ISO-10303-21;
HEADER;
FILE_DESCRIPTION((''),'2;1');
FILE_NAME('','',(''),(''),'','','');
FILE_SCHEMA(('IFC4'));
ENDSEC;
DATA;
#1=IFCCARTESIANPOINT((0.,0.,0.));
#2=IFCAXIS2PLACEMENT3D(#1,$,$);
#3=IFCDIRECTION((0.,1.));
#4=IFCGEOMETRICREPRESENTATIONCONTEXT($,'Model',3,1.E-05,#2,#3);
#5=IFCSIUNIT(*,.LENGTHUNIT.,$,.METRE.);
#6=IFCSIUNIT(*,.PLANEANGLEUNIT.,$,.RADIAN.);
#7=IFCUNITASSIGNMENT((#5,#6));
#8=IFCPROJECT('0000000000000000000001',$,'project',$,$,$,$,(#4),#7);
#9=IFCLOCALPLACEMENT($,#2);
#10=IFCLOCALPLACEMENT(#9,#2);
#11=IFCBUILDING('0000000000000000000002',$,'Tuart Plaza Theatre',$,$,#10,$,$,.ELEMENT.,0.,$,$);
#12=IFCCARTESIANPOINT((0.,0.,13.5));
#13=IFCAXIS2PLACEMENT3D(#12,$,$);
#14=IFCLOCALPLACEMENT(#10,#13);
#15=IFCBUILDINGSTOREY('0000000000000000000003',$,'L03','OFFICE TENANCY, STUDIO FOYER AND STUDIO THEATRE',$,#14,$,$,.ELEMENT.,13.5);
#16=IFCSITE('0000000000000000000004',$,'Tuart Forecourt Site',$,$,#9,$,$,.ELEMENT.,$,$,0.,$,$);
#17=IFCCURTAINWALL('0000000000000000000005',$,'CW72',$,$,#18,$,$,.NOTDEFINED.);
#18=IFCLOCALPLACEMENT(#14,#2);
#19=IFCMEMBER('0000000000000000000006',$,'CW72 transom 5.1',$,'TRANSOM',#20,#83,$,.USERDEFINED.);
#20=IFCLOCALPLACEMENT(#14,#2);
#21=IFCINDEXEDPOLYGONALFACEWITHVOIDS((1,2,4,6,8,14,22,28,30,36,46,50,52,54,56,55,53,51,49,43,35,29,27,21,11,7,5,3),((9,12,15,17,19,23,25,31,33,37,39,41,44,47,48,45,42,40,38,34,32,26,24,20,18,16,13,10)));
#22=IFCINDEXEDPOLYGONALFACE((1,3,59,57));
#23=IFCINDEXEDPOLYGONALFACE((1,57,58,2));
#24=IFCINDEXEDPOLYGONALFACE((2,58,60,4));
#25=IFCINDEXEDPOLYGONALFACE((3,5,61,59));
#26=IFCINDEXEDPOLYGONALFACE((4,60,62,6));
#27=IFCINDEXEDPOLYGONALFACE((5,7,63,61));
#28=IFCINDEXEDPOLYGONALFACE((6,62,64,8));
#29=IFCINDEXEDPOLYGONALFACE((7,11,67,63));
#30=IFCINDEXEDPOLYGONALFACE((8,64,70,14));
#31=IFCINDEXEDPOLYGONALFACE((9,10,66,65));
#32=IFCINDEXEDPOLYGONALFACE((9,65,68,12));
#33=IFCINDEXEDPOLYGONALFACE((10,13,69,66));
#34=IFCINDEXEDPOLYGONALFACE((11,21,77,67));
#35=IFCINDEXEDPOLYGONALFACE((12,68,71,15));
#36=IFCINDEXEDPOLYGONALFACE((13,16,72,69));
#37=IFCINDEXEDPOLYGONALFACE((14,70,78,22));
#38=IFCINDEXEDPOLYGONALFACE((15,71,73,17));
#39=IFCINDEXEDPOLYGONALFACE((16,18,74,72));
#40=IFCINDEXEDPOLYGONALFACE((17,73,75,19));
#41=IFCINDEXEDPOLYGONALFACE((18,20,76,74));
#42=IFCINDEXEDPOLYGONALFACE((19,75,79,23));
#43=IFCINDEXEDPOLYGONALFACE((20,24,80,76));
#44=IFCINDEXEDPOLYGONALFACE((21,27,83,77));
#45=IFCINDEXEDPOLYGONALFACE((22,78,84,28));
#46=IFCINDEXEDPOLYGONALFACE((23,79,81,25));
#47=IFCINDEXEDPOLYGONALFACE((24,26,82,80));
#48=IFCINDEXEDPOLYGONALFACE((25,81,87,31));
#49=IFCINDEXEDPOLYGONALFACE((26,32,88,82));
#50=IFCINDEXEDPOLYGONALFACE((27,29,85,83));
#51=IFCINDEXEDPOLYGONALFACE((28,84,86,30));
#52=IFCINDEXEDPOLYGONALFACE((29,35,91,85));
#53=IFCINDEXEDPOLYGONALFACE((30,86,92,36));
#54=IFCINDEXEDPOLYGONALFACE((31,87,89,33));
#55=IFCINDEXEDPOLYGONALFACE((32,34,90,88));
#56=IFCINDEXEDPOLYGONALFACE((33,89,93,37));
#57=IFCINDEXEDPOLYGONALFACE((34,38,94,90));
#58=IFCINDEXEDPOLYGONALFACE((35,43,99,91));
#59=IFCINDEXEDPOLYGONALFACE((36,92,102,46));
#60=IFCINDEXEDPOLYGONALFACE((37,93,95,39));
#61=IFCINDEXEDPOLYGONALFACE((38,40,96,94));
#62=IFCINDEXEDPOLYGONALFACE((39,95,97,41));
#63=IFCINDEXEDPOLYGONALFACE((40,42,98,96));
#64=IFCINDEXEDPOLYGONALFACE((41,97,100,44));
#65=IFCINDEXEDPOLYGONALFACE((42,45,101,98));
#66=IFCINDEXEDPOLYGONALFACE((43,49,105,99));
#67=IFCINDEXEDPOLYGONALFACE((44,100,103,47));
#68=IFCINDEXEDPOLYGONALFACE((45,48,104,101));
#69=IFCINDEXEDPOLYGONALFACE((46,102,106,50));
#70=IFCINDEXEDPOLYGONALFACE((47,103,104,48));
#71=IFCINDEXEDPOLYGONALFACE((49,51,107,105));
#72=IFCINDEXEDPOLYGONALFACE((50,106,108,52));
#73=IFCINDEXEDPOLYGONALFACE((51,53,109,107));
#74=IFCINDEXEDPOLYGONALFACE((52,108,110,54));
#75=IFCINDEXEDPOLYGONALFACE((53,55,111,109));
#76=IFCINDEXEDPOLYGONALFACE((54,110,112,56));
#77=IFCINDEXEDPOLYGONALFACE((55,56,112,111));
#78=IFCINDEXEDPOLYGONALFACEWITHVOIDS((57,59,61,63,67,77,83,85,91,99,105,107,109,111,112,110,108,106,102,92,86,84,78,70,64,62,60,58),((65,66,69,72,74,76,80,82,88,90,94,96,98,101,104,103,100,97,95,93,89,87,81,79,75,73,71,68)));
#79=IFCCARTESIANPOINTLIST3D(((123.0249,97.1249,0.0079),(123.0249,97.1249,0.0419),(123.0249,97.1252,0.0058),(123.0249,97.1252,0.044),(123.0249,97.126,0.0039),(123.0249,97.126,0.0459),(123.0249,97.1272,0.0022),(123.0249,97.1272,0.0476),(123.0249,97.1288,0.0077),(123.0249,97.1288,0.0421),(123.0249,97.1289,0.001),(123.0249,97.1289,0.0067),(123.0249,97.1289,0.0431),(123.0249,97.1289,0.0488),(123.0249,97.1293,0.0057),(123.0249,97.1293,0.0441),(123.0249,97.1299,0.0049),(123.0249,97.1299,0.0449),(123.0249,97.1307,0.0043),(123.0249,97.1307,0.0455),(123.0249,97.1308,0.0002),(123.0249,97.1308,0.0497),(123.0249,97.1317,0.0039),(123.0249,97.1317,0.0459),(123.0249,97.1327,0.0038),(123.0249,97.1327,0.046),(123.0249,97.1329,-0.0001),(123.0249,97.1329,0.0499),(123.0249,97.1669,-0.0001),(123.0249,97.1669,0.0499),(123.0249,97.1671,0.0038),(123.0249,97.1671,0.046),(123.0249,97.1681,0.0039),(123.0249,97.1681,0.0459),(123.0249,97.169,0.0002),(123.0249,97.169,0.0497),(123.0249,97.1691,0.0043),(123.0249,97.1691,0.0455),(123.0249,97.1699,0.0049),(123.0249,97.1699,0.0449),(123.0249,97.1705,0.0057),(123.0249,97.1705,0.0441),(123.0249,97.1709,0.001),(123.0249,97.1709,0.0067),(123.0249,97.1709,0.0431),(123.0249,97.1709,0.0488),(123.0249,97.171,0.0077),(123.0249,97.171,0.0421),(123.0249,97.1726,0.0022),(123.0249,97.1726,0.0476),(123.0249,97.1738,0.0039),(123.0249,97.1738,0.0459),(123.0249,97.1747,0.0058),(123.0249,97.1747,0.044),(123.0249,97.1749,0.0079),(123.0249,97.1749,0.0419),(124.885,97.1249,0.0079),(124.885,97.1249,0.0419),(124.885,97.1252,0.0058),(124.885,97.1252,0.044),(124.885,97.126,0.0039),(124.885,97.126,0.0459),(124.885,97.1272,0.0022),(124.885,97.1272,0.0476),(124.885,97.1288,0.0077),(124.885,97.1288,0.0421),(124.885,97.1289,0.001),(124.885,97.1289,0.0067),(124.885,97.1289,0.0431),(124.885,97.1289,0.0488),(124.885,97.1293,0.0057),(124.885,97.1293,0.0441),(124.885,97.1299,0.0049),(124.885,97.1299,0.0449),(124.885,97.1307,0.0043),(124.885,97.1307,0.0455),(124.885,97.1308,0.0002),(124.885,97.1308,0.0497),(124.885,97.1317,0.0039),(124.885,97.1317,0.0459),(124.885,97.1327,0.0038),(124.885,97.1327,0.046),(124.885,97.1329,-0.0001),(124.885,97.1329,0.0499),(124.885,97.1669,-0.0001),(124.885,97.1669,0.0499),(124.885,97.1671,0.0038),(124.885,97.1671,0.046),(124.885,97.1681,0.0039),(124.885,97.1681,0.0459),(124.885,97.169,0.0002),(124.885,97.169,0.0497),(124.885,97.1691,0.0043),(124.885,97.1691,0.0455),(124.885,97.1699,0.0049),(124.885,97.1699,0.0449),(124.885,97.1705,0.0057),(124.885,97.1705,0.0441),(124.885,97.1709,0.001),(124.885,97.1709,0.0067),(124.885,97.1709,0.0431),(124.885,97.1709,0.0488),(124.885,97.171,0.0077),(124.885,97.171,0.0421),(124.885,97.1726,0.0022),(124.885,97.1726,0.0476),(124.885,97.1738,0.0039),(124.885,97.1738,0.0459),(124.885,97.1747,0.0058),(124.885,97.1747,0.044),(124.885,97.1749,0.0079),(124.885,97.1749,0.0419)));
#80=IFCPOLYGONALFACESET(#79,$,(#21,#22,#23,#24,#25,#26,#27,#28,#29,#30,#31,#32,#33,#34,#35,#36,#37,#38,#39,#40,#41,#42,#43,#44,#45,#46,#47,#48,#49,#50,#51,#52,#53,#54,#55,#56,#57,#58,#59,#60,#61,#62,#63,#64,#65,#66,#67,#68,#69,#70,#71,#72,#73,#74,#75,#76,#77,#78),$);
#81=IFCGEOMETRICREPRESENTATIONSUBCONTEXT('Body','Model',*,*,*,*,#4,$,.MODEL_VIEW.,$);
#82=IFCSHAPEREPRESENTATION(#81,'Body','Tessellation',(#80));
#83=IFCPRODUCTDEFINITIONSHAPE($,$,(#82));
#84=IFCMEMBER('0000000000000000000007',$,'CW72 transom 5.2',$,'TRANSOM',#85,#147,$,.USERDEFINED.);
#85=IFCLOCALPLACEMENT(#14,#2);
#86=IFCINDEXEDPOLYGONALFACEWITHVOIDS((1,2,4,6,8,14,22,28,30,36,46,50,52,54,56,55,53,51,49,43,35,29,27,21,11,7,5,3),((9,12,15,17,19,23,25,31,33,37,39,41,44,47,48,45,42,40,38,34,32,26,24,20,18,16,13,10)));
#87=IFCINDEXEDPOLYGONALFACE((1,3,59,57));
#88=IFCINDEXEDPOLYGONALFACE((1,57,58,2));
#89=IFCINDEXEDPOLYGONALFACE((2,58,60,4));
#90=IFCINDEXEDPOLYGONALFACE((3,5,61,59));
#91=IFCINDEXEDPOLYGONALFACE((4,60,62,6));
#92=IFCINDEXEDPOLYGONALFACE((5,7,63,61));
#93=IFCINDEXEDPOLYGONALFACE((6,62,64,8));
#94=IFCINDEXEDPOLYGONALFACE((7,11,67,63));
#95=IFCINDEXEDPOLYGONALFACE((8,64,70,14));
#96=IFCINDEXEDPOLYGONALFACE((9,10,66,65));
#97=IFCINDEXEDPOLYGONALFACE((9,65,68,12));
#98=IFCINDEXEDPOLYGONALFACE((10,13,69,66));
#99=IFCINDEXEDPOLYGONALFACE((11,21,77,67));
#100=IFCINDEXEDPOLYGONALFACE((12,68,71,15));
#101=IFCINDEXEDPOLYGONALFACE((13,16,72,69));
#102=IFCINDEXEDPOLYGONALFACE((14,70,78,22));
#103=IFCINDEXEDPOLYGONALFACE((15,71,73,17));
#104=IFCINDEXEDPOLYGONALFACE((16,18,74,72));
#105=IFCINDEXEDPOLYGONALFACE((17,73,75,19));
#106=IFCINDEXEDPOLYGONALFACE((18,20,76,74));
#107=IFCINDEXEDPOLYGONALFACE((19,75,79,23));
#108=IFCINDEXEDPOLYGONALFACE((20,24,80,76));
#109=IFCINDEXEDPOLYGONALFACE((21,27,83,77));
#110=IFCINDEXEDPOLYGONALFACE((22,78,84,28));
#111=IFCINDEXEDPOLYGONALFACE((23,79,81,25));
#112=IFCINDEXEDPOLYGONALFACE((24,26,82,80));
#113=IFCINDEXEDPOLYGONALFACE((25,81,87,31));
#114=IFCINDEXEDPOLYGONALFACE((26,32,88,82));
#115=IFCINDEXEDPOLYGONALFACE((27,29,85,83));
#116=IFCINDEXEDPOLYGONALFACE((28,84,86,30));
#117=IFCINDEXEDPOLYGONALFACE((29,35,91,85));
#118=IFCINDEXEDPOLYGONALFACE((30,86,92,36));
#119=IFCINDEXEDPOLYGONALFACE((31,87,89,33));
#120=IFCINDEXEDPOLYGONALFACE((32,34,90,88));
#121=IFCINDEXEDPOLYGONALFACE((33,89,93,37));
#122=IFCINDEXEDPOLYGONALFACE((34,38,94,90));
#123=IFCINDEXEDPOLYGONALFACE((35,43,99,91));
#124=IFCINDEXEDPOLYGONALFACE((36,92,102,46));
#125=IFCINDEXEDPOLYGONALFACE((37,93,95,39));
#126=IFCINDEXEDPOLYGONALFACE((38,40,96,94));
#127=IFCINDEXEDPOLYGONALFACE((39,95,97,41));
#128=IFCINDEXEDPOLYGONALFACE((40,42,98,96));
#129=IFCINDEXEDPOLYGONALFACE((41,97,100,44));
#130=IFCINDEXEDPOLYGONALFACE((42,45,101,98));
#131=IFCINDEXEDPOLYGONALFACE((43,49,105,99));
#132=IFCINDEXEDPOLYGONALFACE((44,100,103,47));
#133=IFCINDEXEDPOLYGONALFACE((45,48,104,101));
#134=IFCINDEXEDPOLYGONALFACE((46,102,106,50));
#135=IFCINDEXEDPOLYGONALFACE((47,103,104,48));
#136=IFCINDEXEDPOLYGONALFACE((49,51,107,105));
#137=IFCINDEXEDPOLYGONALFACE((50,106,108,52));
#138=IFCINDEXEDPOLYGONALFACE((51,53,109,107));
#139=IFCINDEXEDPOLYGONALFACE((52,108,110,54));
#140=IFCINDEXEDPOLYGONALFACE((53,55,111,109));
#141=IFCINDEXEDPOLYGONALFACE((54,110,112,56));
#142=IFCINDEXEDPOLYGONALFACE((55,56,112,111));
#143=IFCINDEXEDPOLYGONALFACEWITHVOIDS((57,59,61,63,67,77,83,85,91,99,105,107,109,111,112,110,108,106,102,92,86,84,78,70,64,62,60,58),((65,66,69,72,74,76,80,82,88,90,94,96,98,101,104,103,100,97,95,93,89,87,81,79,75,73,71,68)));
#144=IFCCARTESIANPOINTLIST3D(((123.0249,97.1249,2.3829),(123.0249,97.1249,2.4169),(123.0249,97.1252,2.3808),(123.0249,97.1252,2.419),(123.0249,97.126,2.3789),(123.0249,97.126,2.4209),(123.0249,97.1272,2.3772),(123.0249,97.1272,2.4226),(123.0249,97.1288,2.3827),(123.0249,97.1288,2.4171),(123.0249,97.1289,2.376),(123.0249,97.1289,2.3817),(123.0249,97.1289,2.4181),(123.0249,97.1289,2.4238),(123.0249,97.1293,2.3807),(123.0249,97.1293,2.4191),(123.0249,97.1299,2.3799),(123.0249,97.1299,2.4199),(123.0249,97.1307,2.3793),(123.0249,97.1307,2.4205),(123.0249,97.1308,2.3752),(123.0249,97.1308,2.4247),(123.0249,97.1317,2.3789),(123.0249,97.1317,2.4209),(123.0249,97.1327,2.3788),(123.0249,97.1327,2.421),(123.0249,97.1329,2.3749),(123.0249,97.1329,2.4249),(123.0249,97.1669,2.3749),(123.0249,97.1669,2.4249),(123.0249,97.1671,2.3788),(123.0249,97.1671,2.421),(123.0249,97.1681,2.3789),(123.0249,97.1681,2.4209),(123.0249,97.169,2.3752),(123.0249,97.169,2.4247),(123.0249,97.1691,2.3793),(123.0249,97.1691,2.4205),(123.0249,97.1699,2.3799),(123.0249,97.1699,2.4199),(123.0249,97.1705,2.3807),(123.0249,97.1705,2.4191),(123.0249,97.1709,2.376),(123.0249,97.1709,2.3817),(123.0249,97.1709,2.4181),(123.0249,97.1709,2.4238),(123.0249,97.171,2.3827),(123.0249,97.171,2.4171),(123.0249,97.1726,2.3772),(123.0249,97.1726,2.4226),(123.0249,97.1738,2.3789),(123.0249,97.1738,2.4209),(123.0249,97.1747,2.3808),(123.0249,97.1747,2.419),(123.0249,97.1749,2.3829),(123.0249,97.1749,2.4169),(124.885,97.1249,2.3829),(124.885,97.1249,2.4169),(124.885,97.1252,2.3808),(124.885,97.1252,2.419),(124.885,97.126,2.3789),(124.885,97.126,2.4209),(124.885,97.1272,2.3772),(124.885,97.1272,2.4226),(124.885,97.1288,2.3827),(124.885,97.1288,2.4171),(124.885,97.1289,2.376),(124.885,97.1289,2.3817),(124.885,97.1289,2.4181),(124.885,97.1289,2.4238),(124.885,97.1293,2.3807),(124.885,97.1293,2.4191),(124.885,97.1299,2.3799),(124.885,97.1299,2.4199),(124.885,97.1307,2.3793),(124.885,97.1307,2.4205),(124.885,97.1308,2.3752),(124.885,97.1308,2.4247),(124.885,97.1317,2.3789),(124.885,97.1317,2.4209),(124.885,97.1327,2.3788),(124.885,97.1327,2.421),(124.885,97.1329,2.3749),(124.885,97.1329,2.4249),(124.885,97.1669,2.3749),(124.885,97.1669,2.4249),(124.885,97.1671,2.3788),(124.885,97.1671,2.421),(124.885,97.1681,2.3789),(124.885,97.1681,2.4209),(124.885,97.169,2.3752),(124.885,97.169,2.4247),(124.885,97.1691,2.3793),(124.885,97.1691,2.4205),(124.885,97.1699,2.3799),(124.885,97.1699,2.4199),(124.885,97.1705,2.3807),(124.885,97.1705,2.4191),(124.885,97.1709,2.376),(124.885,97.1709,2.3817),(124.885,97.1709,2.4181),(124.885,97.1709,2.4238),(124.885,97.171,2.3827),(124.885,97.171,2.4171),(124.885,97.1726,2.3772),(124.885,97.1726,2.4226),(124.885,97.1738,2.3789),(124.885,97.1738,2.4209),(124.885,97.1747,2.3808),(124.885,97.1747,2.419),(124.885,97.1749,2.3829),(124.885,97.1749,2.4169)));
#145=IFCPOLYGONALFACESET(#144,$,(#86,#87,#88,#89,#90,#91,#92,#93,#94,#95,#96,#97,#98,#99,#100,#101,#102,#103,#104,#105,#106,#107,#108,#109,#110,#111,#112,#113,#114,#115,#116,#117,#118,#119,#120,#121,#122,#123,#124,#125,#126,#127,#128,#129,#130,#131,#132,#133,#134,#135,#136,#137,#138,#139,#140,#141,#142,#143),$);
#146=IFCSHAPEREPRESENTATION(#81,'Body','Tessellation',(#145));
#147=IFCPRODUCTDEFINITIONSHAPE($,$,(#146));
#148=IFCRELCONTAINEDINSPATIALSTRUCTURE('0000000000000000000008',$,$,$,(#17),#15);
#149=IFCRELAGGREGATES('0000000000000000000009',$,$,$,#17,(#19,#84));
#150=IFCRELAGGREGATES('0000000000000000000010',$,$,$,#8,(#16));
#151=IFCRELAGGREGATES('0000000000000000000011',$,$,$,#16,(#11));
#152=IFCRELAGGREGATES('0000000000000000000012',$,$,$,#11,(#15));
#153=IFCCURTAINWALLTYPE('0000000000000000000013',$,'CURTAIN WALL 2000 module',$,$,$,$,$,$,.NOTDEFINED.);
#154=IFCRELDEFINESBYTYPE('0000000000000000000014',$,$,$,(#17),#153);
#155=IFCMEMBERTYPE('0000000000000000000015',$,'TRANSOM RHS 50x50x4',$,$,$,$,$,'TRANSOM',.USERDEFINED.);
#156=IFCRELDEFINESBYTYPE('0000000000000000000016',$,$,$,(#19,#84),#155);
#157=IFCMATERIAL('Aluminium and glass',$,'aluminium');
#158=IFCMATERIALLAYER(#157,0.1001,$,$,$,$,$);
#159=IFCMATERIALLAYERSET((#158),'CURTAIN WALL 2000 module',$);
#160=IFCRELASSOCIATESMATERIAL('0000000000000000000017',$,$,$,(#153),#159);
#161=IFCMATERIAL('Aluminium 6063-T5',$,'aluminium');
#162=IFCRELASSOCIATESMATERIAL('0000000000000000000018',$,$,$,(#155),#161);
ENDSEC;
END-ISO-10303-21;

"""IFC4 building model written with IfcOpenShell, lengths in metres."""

from ifc_helpers import new_model, si_unit, direction, frame, origin, origin_2d, place, context, subcontext, project, spatial, hollow_rectangle, extrude, material, layer, layer_set, material_profile, profile_set, type_object, element, aggregate, save


model = new_model("IFC4")

# Units and contexts
model_context = context("Model", 3, precision=1e-05, world=origin(), true_north=direction((0.0, 1.0)))
body_context = subcontext(model_context, "Body", "Model", "MODEL_VIEW")
ifc_project = project(units=[si_unit("LENGTHUNIT", "METRE"), si_unit("PLANEANGLEUNIT", "RADIAN")], contexts=[model_context])

# Site, building, storey
site_placement = place(None, origin())
site = spatial("IfcSite", under=ifc_project, at=site_placement, Name="Tuart Forecourt Site", CompositionType="ELEMENT", RefElevation=0.0)
building_placement = place(site_placement, origin())
building = spatial("IfcBuilding", under=site, at=building_placement, Name="Tuart Plaza Theatre", CompositionType="ELEMENT", ElevationOfRefHeight=0.0)
storey_placement = place(building_placement, frame((0.0, 0.0, 13.5)))
storey = spatial("IfcBuildingStorey", under=building, at=storey_placement, Name="L03", Description="OFFICE TENANCY, STUDIO FOYER AND STUDIO THEATRE", CompositionType="ELEMENT", Elevation=13.5)

# Curtain wall, members
ifc_material_1 = material(Name="Aluminium and glass", Category="aluminium")
ifc_layer_1 = layer(ifc_material_1, 0.1001)
ifc_layer_set_1 = layer_set([ifc_layer_1], Name="CURTAIN WALL 2000 module")
curtain_wall_type = type_object("IfcCurtainWallType", Name="CURTAIN WALL 2000 module", PredefinedType="NOTDEFINED", material=ifc_layer_set_1)
curtain_wall_placement = place(storey_placement, origin())
curtain_wall = element("IfcCurtainWall", 1, at=curtain_wall_placement, inside=storey, type_object=curtain_wall_type, Name="CW72", PredefinedType="NOTDEFINED")
ifc_material_2 = material(Name="Aluminium 6063-T5", Category="aluminium")
ifc_material_profile_1 = material_profile(ifc_material_2, hollow_rectangle(XDim=0.05, YDim=0.05, WallThickness=0.0039, InnerFilletRadius=0.0039, OuterFilletRadius=0.0081, at=origin_2d()), Name="RHS 50x50x4")
ifc_profile_set_1 = profile_set([ifc_material_profile_1], Name="Aluminium 6063-T5")
member_type_1 = type_object("IfcMemberType", Name="TRANSOM RHS 50x50x4", ElementType="TRANSOM", PredefinedType="USERDEFINED", material=ifc_profile_set_1)
member_1_placement = place(storey_placement, frame((124.885, 97.1499, 0.0249), z_axis=(-1.0, 0.0, 0.0), x_axis=(0.0, -1.0, 0.0)))
member_1 = element("IfcMember", 2, at=member_1_placement, type_object=member_type_1, Name="CW72 transom 5.1", ObjectType="TRANSOM", PredefinedType="USERDEFINED", context=body_context, shape_type="SweptSolid", body=[
    extrude(hollow_rectangle(XDim=0.05, YDim=0.05, WallThickness=0.0039, InnerFilletRadius=0.0039, OuterFilletRadius=0.0081, at=origin_2d()), origin(), (0.0, 0.0, 1.0), 1.8601),
])
member_2_placement = place(storey_placement, frame((124.885, 97.1499, 2.3999), z_axis=(-1.0, 0.0, 0.0), x_axis=(0.0, -1.0, 0.0)))
member_2 = element("IfcMember", 3, at=member_2_placement, type_object=member_type_1, Name="CW72 transom 5.2", ObjectType="TRANSOM", PredefinedType="USERDEFINED", context=body_context, shape_type="SweptSolid", body=[
    extrude(hollow_rectangle(XDim=0.05, YDim=0.05, WallThickness=0.0039, InnerFilletRadius=0.0039, OuterFilletRadius=0.0081, at=origin_2d()), origin(), (0.0, 0.0, 1.0), 1.8601),
])
aggregate(curtain_wall, [member_1, member_2])

save(model, "model.ifc")
